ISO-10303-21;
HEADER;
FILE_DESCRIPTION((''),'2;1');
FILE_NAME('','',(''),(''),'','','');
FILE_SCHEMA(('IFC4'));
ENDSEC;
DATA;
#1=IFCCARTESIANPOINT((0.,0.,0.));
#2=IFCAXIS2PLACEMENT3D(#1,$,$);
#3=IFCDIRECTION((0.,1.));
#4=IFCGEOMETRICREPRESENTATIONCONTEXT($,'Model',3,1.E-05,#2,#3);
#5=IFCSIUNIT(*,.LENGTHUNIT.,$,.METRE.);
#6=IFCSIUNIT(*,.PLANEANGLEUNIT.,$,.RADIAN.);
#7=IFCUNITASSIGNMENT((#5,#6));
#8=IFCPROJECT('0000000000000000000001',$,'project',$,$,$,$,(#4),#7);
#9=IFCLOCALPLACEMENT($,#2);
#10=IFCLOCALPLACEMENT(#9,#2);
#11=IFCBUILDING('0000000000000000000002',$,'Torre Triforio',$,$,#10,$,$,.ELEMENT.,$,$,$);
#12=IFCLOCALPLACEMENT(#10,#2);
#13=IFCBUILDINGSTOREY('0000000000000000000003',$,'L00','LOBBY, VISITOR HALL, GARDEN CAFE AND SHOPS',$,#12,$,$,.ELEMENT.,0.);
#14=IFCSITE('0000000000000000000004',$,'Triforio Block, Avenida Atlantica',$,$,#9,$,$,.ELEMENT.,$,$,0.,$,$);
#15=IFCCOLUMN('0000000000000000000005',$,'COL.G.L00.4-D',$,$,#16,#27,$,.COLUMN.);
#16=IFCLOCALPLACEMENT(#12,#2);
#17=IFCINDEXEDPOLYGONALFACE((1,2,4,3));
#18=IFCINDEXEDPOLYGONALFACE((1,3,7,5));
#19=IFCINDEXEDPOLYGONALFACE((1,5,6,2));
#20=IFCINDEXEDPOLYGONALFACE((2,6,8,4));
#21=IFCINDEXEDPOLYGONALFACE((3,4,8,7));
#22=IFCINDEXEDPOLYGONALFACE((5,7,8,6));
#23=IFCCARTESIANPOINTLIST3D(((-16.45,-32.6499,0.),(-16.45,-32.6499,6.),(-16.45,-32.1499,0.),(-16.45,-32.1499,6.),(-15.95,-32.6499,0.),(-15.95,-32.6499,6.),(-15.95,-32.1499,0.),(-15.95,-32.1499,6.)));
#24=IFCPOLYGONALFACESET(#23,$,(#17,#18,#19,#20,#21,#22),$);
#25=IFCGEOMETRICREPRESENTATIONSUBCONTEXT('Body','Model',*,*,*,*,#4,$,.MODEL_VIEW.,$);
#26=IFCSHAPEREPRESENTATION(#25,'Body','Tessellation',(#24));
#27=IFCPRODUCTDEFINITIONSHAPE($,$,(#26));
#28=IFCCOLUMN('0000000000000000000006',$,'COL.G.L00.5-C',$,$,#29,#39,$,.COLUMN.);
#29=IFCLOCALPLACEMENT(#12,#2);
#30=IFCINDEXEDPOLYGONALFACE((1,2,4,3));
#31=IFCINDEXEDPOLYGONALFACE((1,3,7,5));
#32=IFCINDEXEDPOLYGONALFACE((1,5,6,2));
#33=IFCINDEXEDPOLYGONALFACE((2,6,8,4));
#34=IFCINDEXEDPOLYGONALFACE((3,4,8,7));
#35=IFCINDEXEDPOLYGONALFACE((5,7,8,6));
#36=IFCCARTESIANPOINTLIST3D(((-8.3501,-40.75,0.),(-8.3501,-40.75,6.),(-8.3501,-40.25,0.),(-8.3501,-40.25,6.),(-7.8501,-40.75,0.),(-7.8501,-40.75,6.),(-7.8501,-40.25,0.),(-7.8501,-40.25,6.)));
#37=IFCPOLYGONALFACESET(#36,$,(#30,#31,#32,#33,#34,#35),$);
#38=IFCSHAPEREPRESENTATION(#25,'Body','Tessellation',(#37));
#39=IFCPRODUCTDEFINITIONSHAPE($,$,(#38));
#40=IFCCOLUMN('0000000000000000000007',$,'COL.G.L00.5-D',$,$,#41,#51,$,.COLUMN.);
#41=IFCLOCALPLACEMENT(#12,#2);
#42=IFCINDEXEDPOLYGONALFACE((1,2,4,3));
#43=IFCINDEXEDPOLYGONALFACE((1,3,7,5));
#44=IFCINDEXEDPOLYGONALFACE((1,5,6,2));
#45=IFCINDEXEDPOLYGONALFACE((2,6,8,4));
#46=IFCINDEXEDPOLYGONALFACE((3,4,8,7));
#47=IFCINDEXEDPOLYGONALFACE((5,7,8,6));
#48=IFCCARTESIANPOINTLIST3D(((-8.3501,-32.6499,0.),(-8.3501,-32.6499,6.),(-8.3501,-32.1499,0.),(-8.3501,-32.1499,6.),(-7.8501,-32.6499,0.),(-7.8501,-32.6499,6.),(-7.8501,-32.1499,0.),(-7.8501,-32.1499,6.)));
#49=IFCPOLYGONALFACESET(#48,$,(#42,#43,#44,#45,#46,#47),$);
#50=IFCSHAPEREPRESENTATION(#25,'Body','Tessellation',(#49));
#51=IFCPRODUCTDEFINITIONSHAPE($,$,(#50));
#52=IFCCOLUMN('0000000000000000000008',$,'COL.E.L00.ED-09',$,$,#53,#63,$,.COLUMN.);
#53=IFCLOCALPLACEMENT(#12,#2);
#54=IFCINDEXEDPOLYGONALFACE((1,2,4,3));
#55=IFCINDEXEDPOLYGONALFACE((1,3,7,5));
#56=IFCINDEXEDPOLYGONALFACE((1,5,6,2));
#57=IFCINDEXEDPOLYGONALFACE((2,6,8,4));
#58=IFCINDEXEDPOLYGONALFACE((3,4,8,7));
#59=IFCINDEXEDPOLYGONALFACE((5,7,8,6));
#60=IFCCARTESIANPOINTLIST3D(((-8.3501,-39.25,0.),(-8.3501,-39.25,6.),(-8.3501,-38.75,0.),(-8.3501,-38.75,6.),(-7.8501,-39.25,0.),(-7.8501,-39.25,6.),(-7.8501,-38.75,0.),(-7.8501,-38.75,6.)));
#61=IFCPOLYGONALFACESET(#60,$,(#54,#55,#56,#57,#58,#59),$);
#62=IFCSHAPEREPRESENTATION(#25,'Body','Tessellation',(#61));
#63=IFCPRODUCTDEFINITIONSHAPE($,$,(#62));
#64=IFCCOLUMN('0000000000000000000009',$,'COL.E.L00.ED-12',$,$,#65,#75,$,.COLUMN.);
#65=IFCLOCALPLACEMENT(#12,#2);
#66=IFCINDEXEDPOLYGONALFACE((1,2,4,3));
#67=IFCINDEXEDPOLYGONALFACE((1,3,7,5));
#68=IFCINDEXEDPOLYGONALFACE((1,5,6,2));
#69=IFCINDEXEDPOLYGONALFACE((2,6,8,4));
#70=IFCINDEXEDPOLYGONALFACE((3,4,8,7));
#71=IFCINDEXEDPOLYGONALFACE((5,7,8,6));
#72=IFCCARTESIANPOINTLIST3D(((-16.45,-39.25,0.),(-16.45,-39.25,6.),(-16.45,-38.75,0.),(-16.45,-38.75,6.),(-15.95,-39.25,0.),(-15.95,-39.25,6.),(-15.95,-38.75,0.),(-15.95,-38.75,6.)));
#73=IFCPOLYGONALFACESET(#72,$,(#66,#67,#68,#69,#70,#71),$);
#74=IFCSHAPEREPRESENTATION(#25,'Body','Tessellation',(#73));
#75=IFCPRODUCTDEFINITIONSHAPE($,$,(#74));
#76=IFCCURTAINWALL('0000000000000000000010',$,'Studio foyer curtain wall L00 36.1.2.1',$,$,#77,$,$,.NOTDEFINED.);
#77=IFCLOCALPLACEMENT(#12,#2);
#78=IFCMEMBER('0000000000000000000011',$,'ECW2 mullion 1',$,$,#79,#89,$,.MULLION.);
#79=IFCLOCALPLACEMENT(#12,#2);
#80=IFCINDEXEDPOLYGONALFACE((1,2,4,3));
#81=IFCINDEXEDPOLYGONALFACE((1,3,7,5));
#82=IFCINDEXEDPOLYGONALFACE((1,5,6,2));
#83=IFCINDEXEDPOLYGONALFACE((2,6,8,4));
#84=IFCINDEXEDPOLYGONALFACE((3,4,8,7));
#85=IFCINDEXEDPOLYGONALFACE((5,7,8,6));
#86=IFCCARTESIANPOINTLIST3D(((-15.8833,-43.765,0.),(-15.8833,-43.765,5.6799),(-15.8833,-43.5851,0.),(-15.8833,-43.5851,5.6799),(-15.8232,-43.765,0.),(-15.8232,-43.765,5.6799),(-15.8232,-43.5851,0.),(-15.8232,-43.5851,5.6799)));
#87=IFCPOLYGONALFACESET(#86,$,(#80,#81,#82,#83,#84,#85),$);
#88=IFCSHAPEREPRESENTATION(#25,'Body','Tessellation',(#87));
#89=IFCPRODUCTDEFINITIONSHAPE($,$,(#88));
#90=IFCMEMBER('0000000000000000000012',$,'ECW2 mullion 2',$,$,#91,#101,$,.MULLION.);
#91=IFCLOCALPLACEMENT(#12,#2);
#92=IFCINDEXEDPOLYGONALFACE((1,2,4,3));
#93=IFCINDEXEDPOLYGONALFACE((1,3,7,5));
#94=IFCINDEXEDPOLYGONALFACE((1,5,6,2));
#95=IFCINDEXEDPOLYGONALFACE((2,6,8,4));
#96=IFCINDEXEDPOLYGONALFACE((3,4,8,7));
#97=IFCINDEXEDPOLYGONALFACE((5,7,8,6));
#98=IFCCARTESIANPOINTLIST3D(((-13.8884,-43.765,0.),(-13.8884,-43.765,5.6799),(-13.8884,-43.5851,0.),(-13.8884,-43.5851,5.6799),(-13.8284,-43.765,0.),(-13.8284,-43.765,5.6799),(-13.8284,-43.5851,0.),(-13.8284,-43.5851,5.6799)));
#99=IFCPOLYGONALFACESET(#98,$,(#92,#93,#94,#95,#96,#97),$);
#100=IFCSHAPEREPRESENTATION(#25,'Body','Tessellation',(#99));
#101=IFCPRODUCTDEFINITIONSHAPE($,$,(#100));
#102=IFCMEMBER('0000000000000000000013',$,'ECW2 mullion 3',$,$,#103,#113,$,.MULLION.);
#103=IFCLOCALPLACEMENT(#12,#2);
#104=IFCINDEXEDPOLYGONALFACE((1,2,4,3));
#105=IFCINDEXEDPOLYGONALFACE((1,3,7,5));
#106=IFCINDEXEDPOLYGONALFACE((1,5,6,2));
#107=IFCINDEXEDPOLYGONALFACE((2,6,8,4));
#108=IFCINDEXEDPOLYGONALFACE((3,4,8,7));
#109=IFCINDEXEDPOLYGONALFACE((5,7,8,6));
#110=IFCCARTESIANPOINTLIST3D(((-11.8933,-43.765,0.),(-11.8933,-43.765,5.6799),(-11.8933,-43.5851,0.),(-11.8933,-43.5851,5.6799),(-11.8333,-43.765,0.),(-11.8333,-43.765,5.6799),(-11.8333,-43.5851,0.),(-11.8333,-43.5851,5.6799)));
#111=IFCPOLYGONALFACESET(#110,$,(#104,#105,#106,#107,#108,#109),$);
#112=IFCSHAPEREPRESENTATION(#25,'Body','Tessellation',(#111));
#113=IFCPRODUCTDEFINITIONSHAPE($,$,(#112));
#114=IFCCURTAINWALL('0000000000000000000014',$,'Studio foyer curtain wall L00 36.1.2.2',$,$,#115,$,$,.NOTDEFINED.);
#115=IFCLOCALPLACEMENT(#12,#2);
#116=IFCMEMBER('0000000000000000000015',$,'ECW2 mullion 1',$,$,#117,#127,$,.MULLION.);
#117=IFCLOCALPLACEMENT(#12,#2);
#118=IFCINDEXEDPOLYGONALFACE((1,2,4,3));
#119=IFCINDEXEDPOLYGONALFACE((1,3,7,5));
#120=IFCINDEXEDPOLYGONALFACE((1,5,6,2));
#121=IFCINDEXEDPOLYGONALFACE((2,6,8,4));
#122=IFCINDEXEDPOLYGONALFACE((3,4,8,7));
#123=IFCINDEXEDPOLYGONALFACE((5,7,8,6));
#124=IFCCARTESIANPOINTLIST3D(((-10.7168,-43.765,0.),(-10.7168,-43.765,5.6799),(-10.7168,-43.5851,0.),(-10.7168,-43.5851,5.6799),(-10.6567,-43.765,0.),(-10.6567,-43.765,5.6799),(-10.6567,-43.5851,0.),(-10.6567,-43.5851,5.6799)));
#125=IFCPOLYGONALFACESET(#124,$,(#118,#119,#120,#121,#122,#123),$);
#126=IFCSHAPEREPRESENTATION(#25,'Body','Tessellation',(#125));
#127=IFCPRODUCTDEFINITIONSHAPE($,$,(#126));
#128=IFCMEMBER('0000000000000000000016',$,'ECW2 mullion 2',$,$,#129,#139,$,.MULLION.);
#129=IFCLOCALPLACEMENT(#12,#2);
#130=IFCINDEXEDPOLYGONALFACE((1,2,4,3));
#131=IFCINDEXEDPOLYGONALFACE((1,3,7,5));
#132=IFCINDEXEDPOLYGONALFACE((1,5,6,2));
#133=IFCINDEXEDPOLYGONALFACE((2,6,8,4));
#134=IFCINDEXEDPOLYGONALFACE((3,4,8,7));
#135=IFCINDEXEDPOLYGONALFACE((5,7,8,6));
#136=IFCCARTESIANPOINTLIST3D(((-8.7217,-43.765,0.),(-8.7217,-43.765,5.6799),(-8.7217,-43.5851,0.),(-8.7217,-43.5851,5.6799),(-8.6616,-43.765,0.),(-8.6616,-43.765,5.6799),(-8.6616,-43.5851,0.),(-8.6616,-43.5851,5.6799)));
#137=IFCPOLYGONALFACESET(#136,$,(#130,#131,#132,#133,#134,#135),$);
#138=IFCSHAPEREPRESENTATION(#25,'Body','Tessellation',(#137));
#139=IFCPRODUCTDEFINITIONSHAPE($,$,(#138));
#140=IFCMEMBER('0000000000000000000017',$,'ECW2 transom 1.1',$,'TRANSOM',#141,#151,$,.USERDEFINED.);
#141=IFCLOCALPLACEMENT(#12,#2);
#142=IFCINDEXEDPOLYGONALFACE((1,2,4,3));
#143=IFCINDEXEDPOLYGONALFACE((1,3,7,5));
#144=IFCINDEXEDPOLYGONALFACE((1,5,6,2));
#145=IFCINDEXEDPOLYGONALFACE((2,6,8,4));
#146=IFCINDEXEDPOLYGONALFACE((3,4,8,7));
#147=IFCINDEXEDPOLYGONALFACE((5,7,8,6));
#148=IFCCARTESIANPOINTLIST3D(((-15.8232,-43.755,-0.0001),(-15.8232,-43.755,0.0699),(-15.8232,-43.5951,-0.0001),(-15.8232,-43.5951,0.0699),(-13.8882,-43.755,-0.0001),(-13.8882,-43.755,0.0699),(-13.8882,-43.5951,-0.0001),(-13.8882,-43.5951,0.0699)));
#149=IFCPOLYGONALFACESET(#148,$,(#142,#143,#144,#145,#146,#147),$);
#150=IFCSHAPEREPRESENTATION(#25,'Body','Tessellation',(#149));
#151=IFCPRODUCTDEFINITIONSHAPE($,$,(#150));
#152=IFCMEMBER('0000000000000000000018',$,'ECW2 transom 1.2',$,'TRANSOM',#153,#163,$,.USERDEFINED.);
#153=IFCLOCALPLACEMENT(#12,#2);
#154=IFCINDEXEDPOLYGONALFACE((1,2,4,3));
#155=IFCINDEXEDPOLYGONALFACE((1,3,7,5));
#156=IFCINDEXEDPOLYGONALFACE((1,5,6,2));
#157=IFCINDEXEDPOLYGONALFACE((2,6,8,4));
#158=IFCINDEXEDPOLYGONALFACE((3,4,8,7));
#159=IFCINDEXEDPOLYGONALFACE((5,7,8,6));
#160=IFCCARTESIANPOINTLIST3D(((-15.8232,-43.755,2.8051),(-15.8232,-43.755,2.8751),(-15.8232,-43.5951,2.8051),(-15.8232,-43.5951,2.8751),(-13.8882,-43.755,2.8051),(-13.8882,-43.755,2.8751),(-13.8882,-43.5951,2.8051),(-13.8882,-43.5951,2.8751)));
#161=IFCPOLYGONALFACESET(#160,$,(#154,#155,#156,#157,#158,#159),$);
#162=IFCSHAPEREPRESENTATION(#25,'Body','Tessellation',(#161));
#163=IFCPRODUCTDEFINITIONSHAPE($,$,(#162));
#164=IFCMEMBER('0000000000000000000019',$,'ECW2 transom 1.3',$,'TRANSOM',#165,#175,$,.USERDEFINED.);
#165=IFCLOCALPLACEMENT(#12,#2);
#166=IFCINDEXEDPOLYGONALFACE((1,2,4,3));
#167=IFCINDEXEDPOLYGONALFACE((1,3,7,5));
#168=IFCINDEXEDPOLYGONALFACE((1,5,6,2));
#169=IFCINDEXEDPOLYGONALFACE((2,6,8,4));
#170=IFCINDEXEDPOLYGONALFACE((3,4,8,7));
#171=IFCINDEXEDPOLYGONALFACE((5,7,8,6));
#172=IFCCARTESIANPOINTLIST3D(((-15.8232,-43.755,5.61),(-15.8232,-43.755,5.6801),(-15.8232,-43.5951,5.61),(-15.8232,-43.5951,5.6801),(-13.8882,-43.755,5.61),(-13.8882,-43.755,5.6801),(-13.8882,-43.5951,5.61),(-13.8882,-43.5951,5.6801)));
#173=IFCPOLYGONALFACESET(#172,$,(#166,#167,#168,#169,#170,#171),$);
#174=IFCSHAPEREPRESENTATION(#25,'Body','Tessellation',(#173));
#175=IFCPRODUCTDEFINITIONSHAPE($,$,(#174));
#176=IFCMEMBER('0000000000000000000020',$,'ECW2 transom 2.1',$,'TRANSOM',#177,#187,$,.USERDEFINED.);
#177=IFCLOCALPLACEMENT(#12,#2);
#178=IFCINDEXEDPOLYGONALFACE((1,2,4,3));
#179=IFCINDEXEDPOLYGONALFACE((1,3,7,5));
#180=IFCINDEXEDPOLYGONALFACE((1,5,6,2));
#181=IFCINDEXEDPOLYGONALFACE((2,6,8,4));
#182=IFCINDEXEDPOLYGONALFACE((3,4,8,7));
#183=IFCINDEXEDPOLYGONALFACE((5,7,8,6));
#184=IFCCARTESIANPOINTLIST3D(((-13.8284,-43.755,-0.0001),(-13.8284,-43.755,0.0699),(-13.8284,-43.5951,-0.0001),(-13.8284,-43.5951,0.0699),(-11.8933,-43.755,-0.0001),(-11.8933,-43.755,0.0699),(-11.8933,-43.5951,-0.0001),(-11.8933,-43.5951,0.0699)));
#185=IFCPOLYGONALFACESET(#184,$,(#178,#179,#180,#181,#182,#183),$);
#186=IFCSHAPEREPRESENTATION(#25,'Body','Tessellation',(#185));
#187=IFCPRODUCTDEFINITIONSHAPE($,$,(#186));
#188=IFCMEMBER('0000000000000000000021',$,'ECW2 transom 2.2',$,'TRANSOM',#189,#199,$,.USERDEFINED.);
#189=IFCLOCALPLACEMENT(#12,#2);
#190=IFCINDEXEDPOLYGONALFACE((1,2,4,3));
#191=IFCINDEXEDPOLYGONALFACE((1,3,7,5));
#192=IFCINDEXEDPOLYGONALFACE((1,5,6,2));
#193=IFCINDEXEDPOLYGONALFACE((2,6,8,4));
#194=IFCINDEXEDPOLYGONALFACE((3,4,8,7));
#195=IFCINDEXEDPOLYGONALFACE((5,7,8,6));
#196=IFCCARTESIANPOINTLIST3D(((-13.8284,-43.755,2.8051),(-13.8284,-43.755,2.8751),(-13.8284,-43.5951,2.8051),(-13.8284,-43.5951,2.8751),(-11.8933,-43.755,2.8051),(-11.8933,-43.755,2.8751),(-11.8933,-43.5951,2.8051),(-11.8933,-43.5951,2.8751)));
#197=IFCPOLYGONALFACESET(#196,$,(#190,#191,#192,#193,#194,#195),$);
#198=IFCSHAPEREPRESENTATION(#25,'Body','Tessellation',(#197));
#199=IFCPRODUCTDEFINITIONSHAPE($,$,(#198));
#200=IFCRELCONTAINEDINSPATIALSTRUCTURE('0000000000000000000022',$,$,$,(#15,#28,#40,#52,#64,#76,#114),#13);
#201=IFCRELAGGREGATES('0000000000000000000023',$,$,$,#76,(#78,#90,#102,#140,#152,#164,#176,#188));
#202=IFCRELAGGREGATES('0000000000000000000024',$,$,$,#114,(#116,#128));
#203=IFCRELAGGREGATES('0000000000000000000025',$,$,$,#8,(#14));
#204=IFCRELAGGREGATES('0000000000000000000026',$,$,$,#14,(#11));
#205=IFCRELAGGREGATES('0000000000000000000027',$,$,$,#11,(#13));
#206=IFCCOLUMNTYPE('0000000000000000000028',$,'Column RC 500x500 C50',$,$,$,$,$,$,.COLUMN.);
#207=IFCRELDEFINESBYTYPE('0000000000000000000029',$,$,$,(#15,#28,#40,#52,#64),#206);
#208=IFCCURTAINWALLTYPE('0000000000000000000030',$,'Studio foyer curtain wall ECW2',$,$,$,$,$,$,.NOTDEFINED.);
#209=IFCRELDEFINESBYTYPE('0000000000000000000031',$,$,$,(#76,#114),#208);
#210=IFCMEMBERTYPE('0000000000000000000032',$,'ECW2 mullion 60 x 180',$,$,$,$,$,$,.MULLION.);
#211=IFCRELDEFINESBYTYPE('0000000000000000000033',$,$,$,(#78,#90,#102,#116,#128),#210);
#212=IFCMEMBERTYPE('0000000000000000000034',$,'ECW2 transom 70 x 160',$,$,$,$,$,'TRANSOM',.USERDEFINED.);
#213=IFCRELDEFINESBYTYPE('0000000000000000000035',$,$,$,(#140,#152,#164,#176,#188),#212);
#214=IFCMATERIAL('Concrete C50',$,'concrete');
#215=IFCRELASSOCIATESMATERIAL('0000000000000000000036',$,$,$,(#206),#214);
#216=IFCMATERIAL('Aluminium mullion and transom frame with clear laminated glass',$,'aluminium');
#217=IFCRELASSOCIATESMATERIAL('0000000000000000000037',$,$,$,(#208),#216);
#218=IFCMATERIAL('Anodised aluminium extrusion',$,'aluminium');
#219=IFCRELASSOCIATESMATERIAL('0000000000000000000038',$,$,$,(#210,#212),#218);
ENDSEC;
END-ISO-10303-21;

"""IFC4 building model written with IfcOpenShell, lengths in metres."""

from ifc_helpers import new_model, si_unit, direction, frame, origin, origin_2d, place, context, subcontext, project, spatial, rectangle, extrude, material, material_profile, profile_set, type_object, element, aggregate, save


model = new_model("IFC4")

# Units and contexts
model_context = context("Model", 3, precision=1e-05, world=origin(), true_north=direction((0.0, 1.0)))
body_context = subcontext(model_context, "Body", "Model", "MODEL_VIEW")
ifc_project = project(units=[si_unit("LENGTHUNIT", "METRE"), si_unit("PLANEANGLEUNIT", "RADIAN")], contexts=[model_context])

# Site, building, storey
site_placement = place(None, origin())
site = spatial("IfcSite", under=ifc_project, at=site_placement, Name="Triforio Block, Avenida Atlantica", CompositionType="ELEMENT", RefElevation=0.0)
building_placement = place(site_placement, origin())
building = spatial("IfcBuilding", under=site, at=building_placement, Name="Torre Triforio", CompositionType="ELEMENT")
storey_placement = place(building_placement, origin())
storey = spatial("IfcBuildingStorey", under=building, at=storey_placement, Name="L00", Description="LOBBY, VISITOR HALL, GARDEN CAFE AND SHOPS", CompositionType="ELEMENT", Elevation=0.0)

# Columns
ifc_material_1 = material(Name="Concrete C50", Category="concrete")
ifc_material_profile_1 = material_profile(ifc_material_1, rectangle(XDim=0.5, YDim=0.5, at=origin_2d()), Name="RC 500x500")
ifc_profile_set_1 = profile_set([ifc_material_profile_1], Name="Concrete C50")
column_type = type_object("IfcColumnType", Name="Column RC 500x500 C50", PredefinedType="COLUMN", material=ifc_profile_set_1)
for number, where, z_axis, x_axis, name in (
    (1, (-16.2, -32.3999, 0.0), (0.0, 0.0, 1.0), (1.0, 0.0, 0.0), "COL.G.L00.4-D"),
    (2, (-8.1001, -40.5, 0.0), (0.0, 0.0, 1.0), (1.0, 0.0, 0.0), "COL.G.L00.5-C"),
    (3, (-8.1001, -32.3999, 0.0), (0.0, 0.0, 1.0), (1.0, 0.0, 0.0), "COL.G.L00.5-D"),
    (4, (-8.1001, -39.0, 0.0), (0.0, 0.0, 1.0), (1.0, 0.0, 0.0), "COL.E.L00.ED-09"),
    (5, (-16.2, -39.0, 0.0), (0.0, 0.0, 1.0), (1.0, 0.0, 0.0), "COL.E.L00.ED-12"),
):
    element("IfcColumn", number, at=place(storey_placement, frame(where, z_axis=z_axis, x_axis=x_axis)), inside=storey, type_object=column_type, Name=name, PredefinedType="COLUMN", context=body_context, shape_type="SweptSolid", body=[
        extrude(rectangle(XDim=0.5, YDim=0.5, at=origin_2d()), origin(), (0.0, 0.0, 1.0), 6.0),
    ])

# Curtain walls, members
ifc_material_2 = material(Name="Aluminium mullion and transom frame with clear laminated glass", Category="aluminium")
curtain_wall_type = type_object("IfcCurtainWallType", Name="Studio foyer curtain wall ECW2", PredefinedType="NOTDEFINED", material=ifc_material_2)
curtain_wall_1_placement = place(storey_placement, origin())
curtain_wall_1 = element("IfcCurtainWall", 6, at=curtain_wall_1_placement, inside=storey, type_object=curtain_wall_type, Name="Studio foyer curtain wall L00 36.1.2.1", PredefinedType="NOTDEFINED")
ifc_material_3 = material(Name="Anodised aluminium extrusion", Category="aluminium")
ifc_material_profile_2 = material_profile(ifc_material_3, rectangle(XDim=0.1799, YDim=0.0601, at=origin_2d()), Name="ECW2 MULLION 60x180")
ifc_profile_set_2 = profile_set([ifc_material_profile_2], Name="Anodised aluminium extrusion")
member_type_1 = type_object("IfcMemberType", Name="ECW2 mullion 60 x 180", PredefinedType="MULLION", material=ifc_profile_set_2)
member_1_placement = place(storey_placement, frame((-15.8533, -43.675, 0.0), z_axis=(0.0, 0.0, 1.0), x_axis=(0.0, 1.0, 0.0)))
member_1 = element("IfcMember", 7, at=member_1_placement, type_object=member_type_1, Name="ECW2 mullion 1", PredefinedType="MULLION", context=body_context, shape_type="SweptSolid", body=[
    extrude(rectangle(XDim=0.1799, YDim=0.0601, at=origin_2d()), origin(), (0.0, 0.0, 1.0), 5.6799),
])
member_2_placement = place(storey_placement, frame((-13.8584, -43.675, 0.0), z_axis=(0.0, 0.0, 1.0), x_axis=(0.0, 1.0, 0.0)))
member_2 = element("IfcMember", 8, at=member_2_placement, type_object=member_type_1, Name="ECW2 mullion 2", PredefinedType="MULLION", context=body_context, shape_type="SweptSolid", body=[
    extrude(rectangle(XDim=0.1799, YDim=0.0601, at=origin_2d()), origin(), (0.0, 0.0, 1.0), 5.6799),
])
member_3_placement = place(storey_placement, frame((-11.8633, -43.675, 0.0), z_axis=(0.0, 0.0, 1.0), x_axis=(0.0, 1.0, 0.0)))
member_3 = element("IfcMember", 9, at=member_3_placement, type_object=member_type_1, Name="ECW2 mullion 3", PredefinedType="MULLION", context=body_context, shape_type="SweptSolid", body=[
    extrude(rectangle(XDim=0.1799, YDim=0.0601, at=origin_2d()), origin(), (0.0, 0.0, 1.0), 5.6799),
])
curtain_wall_2_placement = place(storey_placement, origin())
curtain_wall_2 = element("IfcCurtainWall", 10, at=curtain_wall_2_placement, inside=storey, type_object=curtain_wall_type, Name="Studio foyer curtain wall L00 36.1.2.2", PredefinedType="NOTDEFINED")
member_4_placement = place(storey_placement, frame((-10.6868, -43.675, 0.0), z_axis=(0.0, 0.0, 1.0), x_axis=(0.0, 1.0, 0.0)))
member_4 = element("IfcMember", 11, at=member_4_placement, type_object=member_type_1, Name="ECW2 mullion 1", PredefinedType="MULLION", context=body_context, shape_type="SweptSolid", body=[
    extrude(rectangle(XDim=0.1799, YDim=0.0601, at=origin_2d()), origin(), (0.0, 0.0, 1.0), 5.6799),
])
member_5_placement = place(storey_placement, frame((-8.6917, -43.675, 0.0), z_axis=(0.0, 0.0, 1.0), x_axis=(0.0, 1.0, 0.0)))
member_5 = element("IfcMember", 12, at=member_5_placement, type_object=member_type_1, Name="ECW2 mullion 2", PredefinedType="MULLION", context=body_context, shape_type="SweptSolid", body=[
    extrude(rectangle(XDim=0.1799, YDim=0.0601, at=origin_2d()), origin(), (0.0, 0.0, 1.0), 5.6799),
])

# Members
ifc_material_profile_3 = material_profile(ifc_material_3, rectangle(XDim=0.1599, YDim=0.0701, at=origin_2d()), Name="ECW2 TRANSOM 70x160")
ifc_profile_set_3 = profile_set([ifc_material_profile_3], Name="Anodised aluminium extrusion")
member_type_2 = type_object("IfcMemberType", Name="ECW2 transom 70 x 160", ElementType="TRANSOM", PredefinedType="USERDEFINED", material=ifc_profile_set_3)
member_6_placement = place(storey_placement, frame((-15.8232, -43.675, 0.0349), z_axis=(1.0, 0.0, 0.0), x_axis=(0.0, 1.0, 0.0)))
member_6 = element("IfcMember", 13, at=member_6_placement, type_object=member_type_2, Name="ECW2 transom 1.1", ObjectType="TRANSOM", PredefinedType="USERDEFINED", context=body_context, shape_type="SweptSolid", body=[
    extrude(rectangle(XDim=0.1599, YDim=0.0701, at=origin_2d()), origin(), (0.0, 0.0, 1.0), 1.9351),
])
member_7_placement = place(storey_placement, frame((-15.8232, -43.675, 2.8401), z_axis=(1.0, 0.0, 0.0), x_axis=(0.0, 1.0, 0.0)))
member_7 = element("IfcMember", 14, at=member_7_placement, type_object=member_type_2, Name="ECW2 transom 1.2", ObjectType="TRANSOM", PredefinedType="USERDEFINED", context=body_context, shape_type="SweptSolid", body=[
    extrude(rectangle(XDim=0.1599, YDim=0.0701, at=origin_2d()), origin(), (0.0, 0.0, 1.0), 1.9351),
])
member_8_placement = place(storey_placement, frame((-15.8232, -43.675, 5.645), z_axis=(1.0, 0.0, 0.0), x_axis=(0.0, 1.0, 0.0)))
member_8 = element("IfcMember", 15, at=member_8_placement, type_object=member_type_2, Name="ECW2 transom 1.3", ObjectType="TRANSOM", PredefinedType="USERDEFINED", context=body_context, shape_type="SweptSolid", body=[
    extrude(rectangle(XDim=0.1599, YDim=0.0701, at=origin_2d()), origin(), (0.0, 0.0, 1.0), 1.9351),
])
member_9_placement = place(storey_placement, frame((-13.8284, -43.675, 0.0349), z_axis=(1.0, 0.0, 0.0), x_axis=(0.0, 1.0, 0.0)))
member_9 = element("IfcMember", 16, at=member_9_placement, type_object=member_type_2, Name="ECW2 transom 2.1", ObjectType="TRANSOM", PredefinedType="USERDEFINED", context=body_context, shape_type="SweptSolid", body=[
    extrude(rectangle(XDim=0.1599, YDim=0.0701, at=origin_2d()), origin(), (0.0, 0.0, 1.0), 1.9351),
])
member_10_placement = place(storey_placement, frame((-13.8284, -43.675, 2.8401), z_axis=(1.0, 0.0, 0.0), x_axis=(0.0, 1.0, 0.0)))
member_10 = element("IfcMember", 17, at=member_10_placement, type_object=member_type_2, Name="ECW2 transom 2.2", ObjectType="TRANSOM", PredefinedType="USERDEFINED", context=body_context, shape_type="SweptSolid", body=[
    extrude(rectangle(XDim=0.1599, YDim=0.0701, at=origin_2d()), origin(), (0.0, 0.0, 1.0), 1.9351),
])

aggregate(curtain_wall_1, [member_1, member_2, member_3, member_6, member_7, member_8, member_9, member_10])
aggregate(curtain_wall_2, [member_4, member_5])

save(model, "model.ifc")
